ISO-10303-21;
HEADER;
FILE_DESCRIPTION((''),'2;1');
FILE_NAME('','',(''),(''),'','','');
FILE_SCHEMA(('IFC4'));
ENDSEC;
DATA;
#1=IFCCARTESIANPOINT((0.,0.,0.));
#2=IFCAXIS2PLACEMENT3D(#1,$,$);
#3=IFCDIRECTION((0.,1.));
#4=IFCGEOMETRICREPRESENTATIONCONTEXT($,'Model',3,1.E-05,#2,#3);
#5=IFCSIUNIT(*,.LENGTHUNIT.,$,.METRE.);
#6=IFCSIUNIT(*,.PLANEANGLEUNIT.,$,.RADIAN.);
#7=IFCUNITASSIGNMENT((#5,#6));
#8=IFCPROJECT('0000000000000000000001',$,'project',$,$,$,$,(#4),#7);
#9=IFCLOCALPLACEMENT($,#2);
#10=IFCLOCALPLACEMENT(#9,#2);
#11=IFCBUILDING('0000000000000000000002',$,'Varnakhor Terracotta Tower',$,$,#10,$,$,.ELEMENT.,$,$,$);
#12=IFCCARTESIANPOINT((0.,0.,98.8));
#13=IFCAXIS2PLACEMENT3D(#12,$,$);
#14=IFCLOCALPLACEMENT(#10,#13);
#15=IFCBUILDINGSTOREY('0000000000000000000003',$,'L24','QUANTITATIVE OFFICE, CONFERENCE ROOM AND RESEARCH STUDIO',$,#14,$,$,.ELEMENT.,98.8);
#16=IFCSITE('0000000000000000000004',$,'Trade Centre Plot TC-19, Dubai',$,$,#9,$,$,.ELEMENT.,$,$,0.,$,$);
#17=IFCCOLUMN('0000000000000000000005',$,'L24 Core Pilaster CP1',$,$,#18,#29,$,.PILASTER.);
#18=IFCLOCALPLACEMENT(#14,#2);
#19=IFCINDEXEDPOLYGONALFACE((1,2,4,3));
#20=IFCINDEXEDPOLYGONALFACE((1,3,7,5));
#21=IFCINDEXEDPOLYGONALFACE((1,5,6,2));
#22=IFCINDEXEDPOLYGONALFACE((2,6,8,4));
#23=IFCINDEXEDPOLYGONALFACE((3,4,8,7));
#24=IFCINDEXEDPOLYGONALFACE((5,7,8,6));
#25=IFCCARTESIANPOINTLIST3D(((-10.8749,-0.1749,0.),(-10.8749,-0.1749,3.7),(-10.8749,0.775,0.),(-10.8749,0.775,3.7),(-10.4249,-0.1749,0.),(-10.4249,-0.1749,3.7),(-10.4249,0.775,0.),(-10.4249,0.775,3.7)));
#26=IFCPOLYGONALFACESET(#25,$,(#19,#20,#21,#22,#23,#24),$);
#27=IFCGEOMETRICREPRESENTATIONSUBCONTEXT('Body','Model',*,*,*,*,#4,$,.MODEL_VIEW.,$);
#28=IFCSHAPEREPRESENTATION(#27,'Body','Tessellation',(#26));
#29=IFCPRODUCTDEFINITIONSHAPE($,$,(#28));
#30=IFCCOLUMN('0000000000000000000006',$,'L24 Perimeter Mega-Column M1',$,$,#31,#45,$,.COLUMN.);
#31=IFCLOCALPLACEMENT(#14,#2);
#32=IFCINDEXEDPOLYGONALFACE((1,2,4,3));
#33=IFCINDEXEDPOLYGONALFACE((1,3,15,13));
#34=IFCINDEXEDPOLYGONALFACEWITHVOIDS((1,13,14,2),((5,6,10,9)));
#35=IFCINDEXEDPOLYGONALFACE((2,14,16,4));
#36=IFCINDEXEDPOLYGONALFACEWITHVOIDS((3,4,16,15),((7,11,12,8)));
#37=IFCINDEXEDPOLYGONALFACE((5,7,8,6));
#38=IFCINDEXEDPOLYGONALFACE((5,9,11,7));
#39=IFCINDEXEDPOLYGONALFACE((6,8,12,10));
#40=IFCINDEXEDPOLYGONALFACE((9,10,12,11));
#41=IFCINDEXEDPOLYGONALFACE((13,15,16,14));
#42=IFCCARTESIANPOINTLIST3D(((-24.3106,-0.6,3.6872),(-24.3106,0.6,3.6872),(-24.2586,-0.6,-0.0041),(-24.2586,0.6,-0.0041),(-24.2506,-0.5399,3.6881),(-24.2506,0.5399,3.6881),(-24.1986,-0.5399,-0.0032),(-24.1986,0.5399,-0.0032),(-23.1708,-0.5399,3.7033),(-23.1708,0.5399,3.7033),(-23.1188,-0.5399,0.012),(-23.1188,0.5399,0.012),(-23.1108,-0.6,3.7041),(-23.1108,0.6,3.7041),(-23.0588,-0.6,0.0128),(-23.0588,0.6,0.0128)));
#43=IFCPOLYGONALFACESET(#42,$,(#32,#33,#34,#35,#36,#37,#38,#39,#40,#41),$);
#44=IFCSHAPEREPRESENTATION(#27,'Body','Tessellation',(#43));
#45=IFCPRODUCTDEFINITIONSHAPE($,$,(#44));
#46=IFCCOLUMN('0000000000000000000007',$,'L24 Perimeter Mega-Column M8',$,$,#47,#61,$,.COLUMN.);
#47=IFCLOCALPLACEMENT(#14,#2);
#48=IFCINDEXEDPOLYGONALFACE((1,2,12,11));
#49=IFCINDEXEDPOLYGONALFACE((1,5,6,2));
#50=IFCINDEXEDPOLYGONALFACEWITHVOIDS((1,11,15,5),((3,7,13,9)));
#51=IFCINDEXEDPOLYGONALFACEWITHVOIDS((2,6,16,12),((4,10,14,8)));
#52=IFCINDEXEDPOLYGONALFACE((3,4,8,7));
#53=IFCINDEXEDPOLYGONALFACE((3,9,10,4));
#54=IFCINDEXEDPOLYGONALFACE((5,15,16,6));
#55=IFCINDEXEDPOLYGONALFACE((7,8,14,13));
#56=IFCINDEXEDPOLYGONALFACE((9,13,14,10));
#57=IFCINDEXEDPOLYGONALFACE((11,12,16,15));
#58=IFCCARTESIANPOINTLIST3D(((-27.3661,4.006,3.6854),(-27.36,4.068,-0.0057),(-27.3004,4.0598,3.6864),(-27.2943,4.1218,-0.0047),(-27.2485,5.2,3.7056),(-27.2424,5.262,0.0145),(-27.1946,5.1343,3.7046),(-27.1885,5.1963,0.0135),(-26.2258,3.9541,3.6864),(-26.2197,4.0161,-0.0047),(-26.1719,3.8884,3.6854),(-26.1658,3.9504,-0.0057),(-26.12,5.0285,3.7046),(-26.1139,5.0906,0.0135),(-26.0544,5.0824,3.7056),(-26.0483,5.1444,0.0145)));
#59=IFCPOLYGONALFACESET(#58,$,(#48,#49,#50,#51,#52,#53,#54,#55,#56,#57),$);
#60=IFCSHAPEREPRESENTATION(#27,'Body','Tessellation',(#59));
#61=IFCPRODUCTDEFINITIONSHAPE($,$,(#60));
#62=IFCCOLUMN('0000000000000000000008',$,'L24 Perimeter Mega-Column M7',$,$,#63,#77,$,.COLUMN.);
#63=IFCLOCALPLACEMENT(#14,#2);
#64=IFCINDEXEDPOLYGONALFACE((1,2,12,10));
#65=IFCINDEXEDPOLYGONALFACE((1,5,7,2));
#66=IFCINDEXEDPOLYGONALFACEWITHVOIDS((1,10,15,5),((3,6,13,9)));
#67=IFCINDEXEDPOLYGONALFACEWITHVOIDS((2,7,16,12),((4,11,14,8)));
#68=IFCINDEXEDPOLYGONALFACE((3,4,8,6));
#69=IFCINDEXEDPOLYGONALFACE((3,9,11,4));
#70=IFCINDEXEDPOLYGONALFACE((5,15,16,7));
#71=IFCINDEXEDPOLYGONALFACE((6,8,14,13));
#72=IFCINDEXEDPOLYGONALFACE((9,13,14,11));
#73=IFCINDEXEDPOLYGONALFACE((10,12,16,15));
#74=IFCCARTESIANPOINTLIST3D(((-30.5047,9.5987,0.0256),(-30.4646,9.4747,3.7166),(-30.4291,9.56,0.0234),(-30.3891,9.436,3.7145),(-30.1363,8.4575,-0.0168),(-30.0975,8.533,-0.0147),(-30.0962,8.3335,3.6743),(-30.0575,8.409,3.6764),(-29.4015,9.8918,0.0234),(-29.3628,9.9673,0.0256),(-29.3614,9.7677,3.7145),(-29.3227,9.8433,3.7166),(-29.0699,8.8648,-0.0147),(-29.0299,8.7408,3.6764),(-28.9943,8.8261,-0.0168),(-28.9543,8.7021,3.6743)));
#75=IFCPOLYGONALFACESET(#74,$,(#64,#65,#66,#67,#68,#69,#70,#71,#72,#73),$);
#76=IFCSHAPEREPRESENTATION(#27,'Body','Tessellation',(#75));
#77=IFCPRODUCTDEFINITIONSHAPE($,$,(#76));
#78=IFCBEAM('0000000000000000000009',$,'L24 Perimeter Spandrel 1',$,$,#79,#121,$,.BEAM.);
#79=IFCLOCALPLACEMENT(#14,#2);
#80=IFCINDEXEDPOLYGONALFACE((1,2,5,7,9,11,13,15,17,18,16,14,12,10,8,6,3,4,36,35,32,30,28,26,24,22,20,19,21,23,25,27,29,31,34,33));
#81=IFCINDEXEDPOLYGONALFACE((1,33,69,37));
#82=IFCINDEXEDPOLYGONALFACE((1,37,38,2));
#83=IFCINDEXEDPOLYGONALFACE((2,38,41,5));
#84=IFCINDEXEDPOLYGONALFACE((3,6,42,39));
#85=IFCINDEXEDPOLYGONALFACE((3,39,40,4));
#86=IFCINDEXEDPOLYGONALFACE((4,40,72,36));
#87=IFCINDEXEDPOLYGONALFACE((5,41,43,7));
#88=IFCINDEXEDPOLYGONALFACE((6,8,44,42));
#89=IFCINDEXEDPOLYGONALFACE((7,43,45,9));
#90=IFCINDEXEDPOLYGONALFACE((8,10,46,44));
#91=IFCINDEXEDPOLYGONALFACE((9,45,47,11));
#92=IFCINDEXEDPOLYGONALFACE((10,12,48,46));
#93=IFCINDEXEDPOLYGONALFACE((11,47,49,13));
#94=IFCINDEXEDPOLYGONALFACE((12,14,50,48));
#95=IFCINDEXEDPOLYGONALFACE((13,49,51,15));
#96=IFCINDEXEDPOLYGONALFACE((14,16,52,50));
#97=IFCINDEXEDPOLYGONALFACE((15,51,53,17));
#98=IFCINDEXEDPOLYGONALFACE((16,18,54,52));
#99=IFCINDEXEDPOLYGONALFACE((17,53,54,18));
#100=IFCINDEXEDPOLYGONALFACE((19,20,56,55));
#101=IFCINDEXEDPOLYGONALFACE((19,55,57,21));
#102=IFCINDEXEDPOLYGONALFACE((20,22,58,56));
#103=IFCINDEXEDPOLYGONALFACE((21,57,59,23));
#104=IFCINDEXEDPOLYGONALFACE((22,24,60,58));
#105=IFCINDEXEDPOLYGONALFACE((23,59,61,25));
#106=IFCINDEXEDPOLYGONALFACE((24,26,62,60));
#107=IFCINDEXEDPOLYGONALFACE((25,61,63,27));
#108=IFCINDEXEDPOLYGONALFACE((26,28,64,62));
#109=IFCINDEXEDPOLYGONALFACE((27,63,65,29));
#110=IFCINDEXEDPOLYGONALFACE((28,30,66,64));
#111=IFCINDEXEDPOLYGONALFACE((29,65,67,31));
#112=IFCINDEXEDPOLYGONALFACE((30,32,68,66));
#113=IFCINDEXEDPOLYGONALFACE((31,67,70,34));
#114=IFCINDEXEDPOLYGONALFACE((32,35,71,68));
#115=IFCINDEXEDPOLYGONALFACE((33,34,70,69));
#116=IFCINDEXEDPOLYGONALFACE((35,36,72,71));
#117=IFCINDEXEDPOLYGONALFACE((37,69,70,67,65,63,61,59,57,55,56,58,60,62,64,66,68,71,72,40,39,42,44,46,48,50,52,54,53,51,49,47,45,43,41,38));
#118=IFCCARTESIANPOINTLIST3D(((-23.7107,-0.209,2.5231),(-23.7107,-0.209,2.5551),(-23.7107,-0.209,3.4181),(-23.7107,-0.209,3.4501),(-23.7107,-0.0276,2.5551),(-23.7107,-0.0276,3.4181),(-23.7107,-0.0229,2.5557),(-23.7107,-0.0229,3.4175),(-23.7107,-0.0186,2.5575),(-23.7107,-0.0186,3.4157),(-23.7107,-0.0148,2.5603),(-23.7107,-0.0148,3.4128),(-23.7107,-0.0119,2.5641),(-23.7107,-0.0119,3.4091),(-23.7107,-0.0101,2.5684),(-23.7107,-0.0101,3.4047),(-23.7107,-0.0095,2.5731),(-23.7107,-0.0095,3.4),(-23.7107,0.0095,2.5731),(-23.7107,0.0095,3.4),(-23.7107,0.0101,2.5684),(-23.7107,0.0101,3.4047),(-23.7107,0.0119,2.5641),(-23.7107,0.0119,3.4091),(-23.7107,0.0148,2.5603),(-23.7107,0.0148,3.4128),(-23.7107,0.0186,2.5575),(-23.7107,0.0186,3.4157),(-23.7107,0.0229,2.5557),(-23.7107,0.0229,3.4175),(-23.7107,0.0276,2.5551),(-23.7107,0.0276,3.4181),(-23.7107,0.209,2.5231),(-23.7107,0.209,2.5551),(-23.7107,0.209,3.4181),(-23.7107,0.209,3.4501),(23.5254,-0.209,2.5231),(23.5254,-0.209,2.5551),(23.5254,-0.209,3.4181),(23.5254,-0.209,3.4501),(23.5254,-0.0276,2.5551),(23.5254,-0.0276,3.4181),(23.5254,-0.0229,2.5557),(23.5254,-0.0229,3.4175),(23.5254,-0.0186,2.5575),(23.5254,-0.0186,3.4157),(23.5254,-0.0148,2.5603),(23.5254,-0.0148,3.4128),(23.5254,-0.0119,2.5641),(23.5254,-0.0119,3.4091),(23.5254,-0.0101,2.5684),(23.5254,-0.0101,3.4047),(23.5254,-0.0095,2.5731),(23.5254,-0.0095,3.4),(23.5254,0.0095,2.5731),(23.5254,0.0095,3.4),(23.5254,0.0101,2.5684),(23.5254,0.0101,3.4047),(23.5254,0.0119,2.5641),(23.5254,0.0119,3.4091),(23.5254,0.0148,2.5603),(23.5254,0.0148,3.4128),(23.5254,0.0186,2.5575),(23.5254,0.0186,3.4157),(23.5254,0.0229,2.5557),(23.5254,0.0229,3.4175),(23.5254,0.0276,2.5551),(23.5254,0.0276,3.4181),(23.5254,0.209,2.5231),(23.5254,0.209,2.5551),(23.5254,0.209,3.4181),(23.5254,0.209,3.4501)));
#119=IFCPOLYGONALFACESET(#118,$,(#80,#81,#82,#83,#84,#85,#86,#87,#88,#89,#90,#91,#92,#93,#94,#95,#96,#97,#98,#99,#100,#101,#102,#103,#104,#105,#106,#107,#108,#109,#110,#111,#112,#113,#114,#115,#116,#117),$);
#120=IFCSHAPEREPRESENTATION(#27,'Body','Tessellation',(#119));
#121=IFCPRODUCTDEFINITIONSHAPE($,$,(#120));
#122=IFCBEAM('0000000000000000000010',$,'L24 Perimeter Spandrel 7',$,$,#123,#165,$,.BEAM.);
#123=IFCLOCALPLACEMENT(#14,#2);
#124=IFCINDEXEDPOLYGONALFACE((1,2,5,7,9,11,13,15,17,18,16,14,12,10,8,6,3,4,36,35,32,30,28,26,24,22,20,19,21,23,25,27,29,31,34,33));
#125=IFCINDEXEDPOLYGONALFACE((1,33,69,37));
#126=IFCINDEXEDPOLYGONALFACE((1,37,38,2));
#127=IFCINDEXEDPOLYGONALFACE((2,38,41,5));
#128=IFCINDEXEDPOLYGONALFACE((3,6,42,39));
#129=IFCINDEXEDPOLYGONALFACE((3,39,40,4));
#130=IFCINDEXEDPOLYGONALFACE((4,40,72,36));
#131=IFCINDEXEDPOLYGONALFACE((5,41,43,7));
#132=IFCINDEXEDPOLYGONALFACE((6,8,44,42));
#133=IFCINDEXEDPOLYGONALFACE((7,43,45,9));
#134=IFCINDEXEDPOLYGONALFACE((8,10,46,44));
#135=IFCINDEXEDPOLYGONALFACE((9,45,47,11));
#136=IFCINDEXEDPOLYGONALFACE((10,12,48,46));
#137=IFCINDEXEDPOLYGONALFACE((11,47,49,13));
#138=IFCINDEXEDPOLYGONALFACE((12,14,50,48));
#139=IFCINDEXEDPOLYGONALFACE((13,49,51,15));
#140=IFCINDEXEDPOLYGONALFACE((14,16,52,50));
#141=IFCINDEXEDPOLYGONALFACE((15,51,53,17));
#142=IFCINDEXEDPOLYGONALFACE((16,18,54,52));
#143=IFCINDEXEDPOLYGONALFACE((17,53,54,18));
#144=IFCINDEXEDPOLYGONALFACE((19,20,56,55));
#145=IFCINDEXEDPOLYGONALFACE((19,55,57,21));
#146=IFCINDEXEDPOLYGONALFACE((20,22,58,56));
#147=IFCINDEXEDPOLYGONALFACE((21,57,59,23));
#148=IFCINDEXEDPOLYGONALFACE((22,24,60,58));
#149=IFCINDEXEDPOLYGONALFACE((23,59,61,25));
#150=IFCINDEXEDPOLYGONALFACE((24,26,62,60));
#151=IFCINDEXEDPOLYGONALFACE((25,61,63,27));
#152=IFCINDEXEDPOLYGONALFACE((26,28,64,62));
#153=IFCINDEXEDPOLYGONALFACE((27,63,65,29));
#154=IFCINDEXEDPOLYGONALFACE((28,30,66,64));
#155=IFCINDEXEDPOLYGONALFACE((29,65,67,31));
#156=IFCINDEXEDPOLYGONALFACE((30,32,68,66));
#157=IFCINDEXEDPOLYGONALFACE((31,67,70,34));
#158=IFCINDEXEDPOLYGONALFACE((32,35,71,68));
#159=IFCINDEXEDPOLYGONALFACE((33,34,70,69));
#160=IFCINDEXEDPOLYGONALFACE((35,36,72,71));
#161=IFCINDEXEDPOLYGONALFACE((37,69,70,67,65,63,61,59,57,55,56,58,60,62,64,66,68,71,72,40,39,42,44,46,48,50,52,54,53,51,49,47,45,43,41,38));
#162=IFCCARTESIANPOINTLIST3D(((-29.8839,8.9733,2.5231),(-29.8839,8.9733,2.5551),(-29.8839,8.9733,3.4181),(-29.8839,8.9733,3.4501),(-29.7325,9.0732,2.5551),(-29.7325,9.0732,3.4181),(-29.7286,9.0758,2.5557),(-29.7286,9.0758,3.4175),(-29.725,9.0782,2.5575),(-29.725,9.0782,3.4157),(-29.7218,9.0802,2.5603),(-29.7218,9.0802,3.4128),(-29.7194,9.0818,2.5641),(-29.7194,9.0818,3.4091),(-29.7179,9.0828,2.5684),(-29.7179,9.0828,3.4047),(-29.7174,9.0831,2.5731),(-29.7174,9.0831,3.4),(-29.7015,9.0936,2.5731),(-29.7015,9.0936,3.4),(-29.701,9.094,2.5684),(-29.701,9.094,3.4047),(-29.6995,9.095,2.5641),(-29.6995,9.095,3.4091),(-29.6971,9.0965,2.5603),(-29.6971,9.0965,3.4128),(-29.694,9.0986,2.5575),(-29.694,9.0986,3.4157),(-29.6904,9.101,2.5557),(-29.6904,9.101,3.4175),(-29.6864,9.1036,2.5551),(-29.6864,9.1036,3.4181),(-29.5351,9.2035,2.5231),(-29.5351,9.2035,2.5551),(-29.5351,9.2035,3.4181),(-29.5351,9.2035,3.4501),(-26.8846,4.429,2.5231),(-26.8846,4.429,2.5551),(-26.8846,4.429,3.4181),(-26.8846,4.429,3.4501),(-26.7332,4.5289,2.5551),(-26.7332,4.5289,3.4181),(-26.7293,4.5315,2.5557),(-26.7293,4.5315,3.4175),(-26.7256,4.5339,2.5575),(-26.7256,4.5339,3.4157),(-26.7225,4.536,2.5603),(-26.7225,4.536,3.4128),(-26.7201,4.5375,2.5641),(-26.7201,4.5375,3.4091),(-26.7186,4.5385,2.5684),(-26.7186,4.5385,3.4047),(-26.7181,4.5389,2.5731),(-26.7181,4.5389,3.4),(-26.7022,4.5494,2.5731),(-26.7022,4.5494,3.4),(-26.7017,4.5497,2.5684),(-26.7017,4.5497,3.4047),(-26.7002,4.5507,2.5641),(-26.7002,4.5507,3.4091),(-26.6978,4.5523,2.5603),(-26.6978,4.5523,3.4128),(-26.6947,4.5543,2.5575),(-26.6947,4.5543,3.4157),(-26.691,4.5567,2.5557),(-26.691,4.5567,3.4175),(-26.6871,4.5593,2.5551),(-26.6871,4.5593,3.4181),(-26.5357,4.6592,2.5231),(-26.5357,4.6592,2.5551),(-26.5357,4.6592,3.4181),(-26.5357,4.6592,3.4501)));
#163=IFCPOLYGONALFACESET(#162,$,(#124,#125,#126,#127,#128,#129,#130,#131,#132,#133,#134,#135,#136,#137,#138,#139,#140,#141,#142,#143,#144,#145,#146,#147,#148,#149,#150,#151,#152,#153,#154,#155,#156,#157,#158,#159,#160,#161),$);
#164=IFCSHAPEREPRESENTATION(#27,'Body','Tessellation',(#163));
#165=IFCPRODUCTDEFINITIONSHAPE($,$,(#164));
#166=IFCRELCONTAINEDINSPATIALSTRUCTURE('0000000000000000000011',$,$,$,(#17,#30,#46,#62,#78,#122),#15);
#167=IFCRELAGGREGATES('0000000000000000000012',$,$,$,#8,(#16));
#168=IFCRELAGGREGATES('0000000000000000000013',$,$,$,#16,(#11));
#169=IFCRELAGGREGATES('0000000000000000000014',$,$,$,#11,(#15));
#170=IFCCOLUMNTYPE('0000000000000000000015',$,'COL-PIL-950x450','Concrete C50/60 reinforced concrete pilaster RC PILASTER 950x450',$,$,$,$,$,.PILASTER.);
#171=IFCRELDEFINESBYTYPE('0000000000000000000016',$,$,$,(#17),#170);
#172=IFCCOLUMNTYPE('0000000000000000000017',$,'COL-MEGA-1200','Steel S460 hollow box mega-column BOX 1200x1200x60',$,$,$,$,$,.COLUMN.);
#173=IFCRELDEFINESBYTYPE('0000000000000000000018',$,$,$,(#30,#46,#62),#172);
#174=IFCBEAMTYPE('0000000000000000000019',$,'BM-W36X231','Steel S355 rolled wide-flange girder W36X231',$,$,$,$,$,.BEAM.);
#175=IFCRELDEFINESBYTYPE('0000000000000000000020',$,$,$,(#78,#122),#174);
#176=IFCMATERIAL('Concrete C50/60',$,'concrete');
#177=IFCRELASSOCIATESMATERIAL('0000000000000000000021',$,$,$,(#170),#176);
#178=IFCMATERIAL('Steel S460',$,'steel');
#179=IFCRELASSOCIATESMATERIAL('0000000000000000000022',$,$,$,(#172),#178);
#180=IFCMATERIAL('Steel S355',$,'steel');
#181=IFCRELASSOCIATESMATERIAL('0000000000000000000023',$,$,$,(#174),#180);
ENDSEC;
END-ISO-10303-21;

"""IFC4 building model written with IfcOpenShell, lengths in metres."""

from ifc_helpers import new_model, si_unit, direction, frame, origin, origin_2d, place, context, subcontext, project, spatial, rectangle, hollow_rectangle, i_section, extrude, source, transform, mapped, material, material_profile, profile_set, type_object, type_shapes, element, save


model = new_model("IFC4")

# Units and contexts
model_context = context("Model", 3, precision=1e-05, world=origin(), true_north=direction((0.0, 1.0)))
body_context = subcontext(model_context, "Body", "Model", "MODEL_VIEW")
ifc_project = project(units=[si_unit("LENGTHUNIT", "METRE"), si_unit("PLANEANGLEUNIT", "RADIAN")], contexts=[model_context])

# Site, building, storey
site_placement = place(None, origin())
site = spatial("IfcSite", under=ifc_project, at=site_placement, Name="Trade Centre Plot TC-19, Dubai", CompositionType="ELEMENT", RefElevation=0.0)
building_placement = place(site_placement, origin())
building = spatial("IfcBuilding", under=site, at=building_placement, Name="Varnakhor Terracotta Tower", CompositionType="ELEMENT")
storey_placement = place(building_placement, frame((0.0, 0.0, 98.8)))
storey = spatial("IfcBuildingStorey", under=building, at=storey_placement, Name="L24", Description="QUANTITATIVE OFFICE, CONFERENCE ROOM AND RESEARCH STUDIO", CompositionType="ELEMENT", Elevation=98.8)

# Columns
ifc_material_1 = material(Name="Concrete C50/60", Category="concrete")
ifc_material_profile_1 = material_profile(ifc_material_1, rectangle(XDim=0.45, YDim=0.95, at=origin_2d()), Name="RC PILASTER 950x450")
ifc_profile_set_1 = profile_set([ifc_material_profile_1], Name="Concrete C50/60")
column_type_1 = type_object("IfcColumnType", Name="COL-PIL-950x450", Description="Concrete C50/60 reinforced concrete pilaster RC PILASTER 950x450", PredefinedType="PILASTER", material=ifc_profile_set_1)
shared_shape_1 = source(origin(), body_context, "Body", "SweptSolid", [
    extrude(rectangle(XDim=0.45, YDim=0.95, at=origin_2d()), origin(), (0.0, 0.0, 1.0), 3.7),
])
column_1_placement = place(storey_placement, frame((-10.6499, 0.3, 0.0), z_axis=(0.0, 0.0, 1.0), x_axis=(1.0, 0.0, 0.0)))
element("IfcColumn", 1, at=column_1_placement, inside=storey, type_object=column_type_1, Name="L24 Core Pilaster CP1", PredefinedType="PILASTER", context=body_context, shape_type="MappedRepresentation", body=[
    mapped(shared_shape_1, transform((0.0, 0.0, 0.0), scale=1.0)),
])
ifc_material_2 = material(Name="Steel S460", Category="steel")
ifc_material_profile_2 = material_profile(ifc_material_2, hollow_rectangle(XDim=1.2, YDim=1.2, WallThickness=0.0601, at=origin_2d()), Name="BOX 1200x1200x60")
ifc_profile_set_2 = profile_set([ifc_material_profile_2], Name="Steel S460")
column_type_2 = type_object("IfcColumnType", Name="COL-MEGA-1200", Description="Steel S460 hollow box mega-column BOX 1200x1200x60", PredefinedType="COLUMN", material=ifc_profile_set_2)
shared_shape_2 = source(origin(), body_context, "Body", "SweptSolid", [
    extrude(hollow_rectangle(XDim=1.2, YDim=1.2, WallThickness=0.0601, at=origin_2d()), origin(), (0.0, 0.0, 1.0), 3.6917),
])
type_shapes(column_type_2, [shared_shape_2])
for number, where, z_axis, x_axis, name in (
    (2, (-23.6587, 0.0, 0.0044), (-0.014087, 0.0, 0.999901), (0.0, -1.0, 0.0), "L24 Perimeter Mega-Column M1"),
    (3, (-26.7041, 4.6062, 0.0044), (-0.001653, -0.016798, 0.999858), (0.995191, -0.097952, 0.0), "L24 Perimeter Mega-Column M8"),
):
    element("IfcColumn", number, at=place(storey_placement, frame(where, z_axis=z_axis, x_axis=x_axis)), inside=storey, type_object=column_type_2, Name=name, PredefinedType="COLUMN", context=body_context, shape_type="MappedRepresentation", body=[
        mapped(shared_shape_2, transform((0.0, 0.0, 0.0), scale=1.0)),
    ])
shared_shape_3 = source(origin(), body_context, "Body", "SweptSolid", [
    extrude(hollow_rectangle(XDim=1.2, YDim=1.2, WallThickness=0.0601, at=origin_2d()), origin(), (0.0, 0.0, 1.0), 3.6934),
])
column_2_placement = place(storey_placement, frame((-29.7495, 9.2124, 0.0044), z_axis=(0.010841, -0.033579, 0.999377), x_axis=(0.951638, 0.307222, 0.0)))
element("IfcColumn", 4, at=column_2_placement, inside=storey, type_object=column_type_2, Name="L24 Perimeter Mega-Column M7", PredefinedType="COLUMN", context=body_context, shape_type="MappedRepresentation", body=[
    mapped(shared_shape_3, transform((0.0, 0.0, 0.0), scale=1.0)),
])

# Beams
ifc_material_3 = material(Name="Steel S355", Category="steel")
ifc_material_profile_3 = material_profile(ifc_material_3, i_section(OverallWidth=0.418, OverallDepth=0.927, WebThickness=0.019, FlangeThickness=0.032, FilletRadius=0.0181, at=origin_2d()), Name="W36X231")
ifc_profile_set_3 = profile_set([ifc_material_profile_3], Name="Steel S355")
beam_type_1 = type_object("IfcBeamType", Name="BM-W36X231", Description="Steel S355 rolled wide-flange girder W36X231", PredefinedType="BEAM", material=ifc_profile_set_3)
shared_shape_4 = source(origin(), body_context, "Body", "SweptSolid", [
    extrude(i_section(OverallWidth=0.418, OverallDepth=0.927, WebThickness=0.019, FlangeThickness=0.032, FilletRadius=0.0181, at=origin_2d()), origin(), (0.0, 0.0, 1.0), 47.2361),
])
beam_1_placement = place(storey_placement, frame((-23.7107, 0.0, 2.9866), z_axis=(1.0, 0.0, 0.0), x_axis=(0.0, 1.0, 0.0)))
element("IfcBeam", 5, at=beam_1_placement, inside=storey, type_object=beam_type_1, Name="L24 Perimeter Spandrel 1", PredefinedType="BEAM", context=body_context, shape_type="MappedRepresentation", body=[
    mapped(shared_shape_4, transform((0.0, 0.0, 0.0), scale=1.0)),
])
shared_shape_5 = source(origin(), body_context, "Body", "SweptSolid", [
    extrude(i_section(OverallWidth=0.418, OverallDepth=0.927, WebThickness=0.019, FlangeThickness=0.032, FilletRadius=0.0181, at=origin_2d()), origin(), (0.0, 0.0, 1.0), 5.4448),
])
for number, where, z_axis, x_axis, name in (
    (6, (-29.7095, 9.0884, 2.9866), (0.550855, -0.834601, 0.0), (0.834601, 0.550855, 0.0), "L24 Perimeter Spandrel 7"),
):
    element("IfcBeam", number, at=place(storey_placement, frame(where, z_axis=z_axis, x_axis=x_axis)), inside=storey, type_object=beam_type_1, Name=name, PredefinedType="BEAM", context=body_context, shape_type="MappedRepresentation", body=[
        mapped(shared_shape_5, transform((0.0, 0.0, 0.0), scale=1.0)),
    ])

save(model, "model.ifc")
